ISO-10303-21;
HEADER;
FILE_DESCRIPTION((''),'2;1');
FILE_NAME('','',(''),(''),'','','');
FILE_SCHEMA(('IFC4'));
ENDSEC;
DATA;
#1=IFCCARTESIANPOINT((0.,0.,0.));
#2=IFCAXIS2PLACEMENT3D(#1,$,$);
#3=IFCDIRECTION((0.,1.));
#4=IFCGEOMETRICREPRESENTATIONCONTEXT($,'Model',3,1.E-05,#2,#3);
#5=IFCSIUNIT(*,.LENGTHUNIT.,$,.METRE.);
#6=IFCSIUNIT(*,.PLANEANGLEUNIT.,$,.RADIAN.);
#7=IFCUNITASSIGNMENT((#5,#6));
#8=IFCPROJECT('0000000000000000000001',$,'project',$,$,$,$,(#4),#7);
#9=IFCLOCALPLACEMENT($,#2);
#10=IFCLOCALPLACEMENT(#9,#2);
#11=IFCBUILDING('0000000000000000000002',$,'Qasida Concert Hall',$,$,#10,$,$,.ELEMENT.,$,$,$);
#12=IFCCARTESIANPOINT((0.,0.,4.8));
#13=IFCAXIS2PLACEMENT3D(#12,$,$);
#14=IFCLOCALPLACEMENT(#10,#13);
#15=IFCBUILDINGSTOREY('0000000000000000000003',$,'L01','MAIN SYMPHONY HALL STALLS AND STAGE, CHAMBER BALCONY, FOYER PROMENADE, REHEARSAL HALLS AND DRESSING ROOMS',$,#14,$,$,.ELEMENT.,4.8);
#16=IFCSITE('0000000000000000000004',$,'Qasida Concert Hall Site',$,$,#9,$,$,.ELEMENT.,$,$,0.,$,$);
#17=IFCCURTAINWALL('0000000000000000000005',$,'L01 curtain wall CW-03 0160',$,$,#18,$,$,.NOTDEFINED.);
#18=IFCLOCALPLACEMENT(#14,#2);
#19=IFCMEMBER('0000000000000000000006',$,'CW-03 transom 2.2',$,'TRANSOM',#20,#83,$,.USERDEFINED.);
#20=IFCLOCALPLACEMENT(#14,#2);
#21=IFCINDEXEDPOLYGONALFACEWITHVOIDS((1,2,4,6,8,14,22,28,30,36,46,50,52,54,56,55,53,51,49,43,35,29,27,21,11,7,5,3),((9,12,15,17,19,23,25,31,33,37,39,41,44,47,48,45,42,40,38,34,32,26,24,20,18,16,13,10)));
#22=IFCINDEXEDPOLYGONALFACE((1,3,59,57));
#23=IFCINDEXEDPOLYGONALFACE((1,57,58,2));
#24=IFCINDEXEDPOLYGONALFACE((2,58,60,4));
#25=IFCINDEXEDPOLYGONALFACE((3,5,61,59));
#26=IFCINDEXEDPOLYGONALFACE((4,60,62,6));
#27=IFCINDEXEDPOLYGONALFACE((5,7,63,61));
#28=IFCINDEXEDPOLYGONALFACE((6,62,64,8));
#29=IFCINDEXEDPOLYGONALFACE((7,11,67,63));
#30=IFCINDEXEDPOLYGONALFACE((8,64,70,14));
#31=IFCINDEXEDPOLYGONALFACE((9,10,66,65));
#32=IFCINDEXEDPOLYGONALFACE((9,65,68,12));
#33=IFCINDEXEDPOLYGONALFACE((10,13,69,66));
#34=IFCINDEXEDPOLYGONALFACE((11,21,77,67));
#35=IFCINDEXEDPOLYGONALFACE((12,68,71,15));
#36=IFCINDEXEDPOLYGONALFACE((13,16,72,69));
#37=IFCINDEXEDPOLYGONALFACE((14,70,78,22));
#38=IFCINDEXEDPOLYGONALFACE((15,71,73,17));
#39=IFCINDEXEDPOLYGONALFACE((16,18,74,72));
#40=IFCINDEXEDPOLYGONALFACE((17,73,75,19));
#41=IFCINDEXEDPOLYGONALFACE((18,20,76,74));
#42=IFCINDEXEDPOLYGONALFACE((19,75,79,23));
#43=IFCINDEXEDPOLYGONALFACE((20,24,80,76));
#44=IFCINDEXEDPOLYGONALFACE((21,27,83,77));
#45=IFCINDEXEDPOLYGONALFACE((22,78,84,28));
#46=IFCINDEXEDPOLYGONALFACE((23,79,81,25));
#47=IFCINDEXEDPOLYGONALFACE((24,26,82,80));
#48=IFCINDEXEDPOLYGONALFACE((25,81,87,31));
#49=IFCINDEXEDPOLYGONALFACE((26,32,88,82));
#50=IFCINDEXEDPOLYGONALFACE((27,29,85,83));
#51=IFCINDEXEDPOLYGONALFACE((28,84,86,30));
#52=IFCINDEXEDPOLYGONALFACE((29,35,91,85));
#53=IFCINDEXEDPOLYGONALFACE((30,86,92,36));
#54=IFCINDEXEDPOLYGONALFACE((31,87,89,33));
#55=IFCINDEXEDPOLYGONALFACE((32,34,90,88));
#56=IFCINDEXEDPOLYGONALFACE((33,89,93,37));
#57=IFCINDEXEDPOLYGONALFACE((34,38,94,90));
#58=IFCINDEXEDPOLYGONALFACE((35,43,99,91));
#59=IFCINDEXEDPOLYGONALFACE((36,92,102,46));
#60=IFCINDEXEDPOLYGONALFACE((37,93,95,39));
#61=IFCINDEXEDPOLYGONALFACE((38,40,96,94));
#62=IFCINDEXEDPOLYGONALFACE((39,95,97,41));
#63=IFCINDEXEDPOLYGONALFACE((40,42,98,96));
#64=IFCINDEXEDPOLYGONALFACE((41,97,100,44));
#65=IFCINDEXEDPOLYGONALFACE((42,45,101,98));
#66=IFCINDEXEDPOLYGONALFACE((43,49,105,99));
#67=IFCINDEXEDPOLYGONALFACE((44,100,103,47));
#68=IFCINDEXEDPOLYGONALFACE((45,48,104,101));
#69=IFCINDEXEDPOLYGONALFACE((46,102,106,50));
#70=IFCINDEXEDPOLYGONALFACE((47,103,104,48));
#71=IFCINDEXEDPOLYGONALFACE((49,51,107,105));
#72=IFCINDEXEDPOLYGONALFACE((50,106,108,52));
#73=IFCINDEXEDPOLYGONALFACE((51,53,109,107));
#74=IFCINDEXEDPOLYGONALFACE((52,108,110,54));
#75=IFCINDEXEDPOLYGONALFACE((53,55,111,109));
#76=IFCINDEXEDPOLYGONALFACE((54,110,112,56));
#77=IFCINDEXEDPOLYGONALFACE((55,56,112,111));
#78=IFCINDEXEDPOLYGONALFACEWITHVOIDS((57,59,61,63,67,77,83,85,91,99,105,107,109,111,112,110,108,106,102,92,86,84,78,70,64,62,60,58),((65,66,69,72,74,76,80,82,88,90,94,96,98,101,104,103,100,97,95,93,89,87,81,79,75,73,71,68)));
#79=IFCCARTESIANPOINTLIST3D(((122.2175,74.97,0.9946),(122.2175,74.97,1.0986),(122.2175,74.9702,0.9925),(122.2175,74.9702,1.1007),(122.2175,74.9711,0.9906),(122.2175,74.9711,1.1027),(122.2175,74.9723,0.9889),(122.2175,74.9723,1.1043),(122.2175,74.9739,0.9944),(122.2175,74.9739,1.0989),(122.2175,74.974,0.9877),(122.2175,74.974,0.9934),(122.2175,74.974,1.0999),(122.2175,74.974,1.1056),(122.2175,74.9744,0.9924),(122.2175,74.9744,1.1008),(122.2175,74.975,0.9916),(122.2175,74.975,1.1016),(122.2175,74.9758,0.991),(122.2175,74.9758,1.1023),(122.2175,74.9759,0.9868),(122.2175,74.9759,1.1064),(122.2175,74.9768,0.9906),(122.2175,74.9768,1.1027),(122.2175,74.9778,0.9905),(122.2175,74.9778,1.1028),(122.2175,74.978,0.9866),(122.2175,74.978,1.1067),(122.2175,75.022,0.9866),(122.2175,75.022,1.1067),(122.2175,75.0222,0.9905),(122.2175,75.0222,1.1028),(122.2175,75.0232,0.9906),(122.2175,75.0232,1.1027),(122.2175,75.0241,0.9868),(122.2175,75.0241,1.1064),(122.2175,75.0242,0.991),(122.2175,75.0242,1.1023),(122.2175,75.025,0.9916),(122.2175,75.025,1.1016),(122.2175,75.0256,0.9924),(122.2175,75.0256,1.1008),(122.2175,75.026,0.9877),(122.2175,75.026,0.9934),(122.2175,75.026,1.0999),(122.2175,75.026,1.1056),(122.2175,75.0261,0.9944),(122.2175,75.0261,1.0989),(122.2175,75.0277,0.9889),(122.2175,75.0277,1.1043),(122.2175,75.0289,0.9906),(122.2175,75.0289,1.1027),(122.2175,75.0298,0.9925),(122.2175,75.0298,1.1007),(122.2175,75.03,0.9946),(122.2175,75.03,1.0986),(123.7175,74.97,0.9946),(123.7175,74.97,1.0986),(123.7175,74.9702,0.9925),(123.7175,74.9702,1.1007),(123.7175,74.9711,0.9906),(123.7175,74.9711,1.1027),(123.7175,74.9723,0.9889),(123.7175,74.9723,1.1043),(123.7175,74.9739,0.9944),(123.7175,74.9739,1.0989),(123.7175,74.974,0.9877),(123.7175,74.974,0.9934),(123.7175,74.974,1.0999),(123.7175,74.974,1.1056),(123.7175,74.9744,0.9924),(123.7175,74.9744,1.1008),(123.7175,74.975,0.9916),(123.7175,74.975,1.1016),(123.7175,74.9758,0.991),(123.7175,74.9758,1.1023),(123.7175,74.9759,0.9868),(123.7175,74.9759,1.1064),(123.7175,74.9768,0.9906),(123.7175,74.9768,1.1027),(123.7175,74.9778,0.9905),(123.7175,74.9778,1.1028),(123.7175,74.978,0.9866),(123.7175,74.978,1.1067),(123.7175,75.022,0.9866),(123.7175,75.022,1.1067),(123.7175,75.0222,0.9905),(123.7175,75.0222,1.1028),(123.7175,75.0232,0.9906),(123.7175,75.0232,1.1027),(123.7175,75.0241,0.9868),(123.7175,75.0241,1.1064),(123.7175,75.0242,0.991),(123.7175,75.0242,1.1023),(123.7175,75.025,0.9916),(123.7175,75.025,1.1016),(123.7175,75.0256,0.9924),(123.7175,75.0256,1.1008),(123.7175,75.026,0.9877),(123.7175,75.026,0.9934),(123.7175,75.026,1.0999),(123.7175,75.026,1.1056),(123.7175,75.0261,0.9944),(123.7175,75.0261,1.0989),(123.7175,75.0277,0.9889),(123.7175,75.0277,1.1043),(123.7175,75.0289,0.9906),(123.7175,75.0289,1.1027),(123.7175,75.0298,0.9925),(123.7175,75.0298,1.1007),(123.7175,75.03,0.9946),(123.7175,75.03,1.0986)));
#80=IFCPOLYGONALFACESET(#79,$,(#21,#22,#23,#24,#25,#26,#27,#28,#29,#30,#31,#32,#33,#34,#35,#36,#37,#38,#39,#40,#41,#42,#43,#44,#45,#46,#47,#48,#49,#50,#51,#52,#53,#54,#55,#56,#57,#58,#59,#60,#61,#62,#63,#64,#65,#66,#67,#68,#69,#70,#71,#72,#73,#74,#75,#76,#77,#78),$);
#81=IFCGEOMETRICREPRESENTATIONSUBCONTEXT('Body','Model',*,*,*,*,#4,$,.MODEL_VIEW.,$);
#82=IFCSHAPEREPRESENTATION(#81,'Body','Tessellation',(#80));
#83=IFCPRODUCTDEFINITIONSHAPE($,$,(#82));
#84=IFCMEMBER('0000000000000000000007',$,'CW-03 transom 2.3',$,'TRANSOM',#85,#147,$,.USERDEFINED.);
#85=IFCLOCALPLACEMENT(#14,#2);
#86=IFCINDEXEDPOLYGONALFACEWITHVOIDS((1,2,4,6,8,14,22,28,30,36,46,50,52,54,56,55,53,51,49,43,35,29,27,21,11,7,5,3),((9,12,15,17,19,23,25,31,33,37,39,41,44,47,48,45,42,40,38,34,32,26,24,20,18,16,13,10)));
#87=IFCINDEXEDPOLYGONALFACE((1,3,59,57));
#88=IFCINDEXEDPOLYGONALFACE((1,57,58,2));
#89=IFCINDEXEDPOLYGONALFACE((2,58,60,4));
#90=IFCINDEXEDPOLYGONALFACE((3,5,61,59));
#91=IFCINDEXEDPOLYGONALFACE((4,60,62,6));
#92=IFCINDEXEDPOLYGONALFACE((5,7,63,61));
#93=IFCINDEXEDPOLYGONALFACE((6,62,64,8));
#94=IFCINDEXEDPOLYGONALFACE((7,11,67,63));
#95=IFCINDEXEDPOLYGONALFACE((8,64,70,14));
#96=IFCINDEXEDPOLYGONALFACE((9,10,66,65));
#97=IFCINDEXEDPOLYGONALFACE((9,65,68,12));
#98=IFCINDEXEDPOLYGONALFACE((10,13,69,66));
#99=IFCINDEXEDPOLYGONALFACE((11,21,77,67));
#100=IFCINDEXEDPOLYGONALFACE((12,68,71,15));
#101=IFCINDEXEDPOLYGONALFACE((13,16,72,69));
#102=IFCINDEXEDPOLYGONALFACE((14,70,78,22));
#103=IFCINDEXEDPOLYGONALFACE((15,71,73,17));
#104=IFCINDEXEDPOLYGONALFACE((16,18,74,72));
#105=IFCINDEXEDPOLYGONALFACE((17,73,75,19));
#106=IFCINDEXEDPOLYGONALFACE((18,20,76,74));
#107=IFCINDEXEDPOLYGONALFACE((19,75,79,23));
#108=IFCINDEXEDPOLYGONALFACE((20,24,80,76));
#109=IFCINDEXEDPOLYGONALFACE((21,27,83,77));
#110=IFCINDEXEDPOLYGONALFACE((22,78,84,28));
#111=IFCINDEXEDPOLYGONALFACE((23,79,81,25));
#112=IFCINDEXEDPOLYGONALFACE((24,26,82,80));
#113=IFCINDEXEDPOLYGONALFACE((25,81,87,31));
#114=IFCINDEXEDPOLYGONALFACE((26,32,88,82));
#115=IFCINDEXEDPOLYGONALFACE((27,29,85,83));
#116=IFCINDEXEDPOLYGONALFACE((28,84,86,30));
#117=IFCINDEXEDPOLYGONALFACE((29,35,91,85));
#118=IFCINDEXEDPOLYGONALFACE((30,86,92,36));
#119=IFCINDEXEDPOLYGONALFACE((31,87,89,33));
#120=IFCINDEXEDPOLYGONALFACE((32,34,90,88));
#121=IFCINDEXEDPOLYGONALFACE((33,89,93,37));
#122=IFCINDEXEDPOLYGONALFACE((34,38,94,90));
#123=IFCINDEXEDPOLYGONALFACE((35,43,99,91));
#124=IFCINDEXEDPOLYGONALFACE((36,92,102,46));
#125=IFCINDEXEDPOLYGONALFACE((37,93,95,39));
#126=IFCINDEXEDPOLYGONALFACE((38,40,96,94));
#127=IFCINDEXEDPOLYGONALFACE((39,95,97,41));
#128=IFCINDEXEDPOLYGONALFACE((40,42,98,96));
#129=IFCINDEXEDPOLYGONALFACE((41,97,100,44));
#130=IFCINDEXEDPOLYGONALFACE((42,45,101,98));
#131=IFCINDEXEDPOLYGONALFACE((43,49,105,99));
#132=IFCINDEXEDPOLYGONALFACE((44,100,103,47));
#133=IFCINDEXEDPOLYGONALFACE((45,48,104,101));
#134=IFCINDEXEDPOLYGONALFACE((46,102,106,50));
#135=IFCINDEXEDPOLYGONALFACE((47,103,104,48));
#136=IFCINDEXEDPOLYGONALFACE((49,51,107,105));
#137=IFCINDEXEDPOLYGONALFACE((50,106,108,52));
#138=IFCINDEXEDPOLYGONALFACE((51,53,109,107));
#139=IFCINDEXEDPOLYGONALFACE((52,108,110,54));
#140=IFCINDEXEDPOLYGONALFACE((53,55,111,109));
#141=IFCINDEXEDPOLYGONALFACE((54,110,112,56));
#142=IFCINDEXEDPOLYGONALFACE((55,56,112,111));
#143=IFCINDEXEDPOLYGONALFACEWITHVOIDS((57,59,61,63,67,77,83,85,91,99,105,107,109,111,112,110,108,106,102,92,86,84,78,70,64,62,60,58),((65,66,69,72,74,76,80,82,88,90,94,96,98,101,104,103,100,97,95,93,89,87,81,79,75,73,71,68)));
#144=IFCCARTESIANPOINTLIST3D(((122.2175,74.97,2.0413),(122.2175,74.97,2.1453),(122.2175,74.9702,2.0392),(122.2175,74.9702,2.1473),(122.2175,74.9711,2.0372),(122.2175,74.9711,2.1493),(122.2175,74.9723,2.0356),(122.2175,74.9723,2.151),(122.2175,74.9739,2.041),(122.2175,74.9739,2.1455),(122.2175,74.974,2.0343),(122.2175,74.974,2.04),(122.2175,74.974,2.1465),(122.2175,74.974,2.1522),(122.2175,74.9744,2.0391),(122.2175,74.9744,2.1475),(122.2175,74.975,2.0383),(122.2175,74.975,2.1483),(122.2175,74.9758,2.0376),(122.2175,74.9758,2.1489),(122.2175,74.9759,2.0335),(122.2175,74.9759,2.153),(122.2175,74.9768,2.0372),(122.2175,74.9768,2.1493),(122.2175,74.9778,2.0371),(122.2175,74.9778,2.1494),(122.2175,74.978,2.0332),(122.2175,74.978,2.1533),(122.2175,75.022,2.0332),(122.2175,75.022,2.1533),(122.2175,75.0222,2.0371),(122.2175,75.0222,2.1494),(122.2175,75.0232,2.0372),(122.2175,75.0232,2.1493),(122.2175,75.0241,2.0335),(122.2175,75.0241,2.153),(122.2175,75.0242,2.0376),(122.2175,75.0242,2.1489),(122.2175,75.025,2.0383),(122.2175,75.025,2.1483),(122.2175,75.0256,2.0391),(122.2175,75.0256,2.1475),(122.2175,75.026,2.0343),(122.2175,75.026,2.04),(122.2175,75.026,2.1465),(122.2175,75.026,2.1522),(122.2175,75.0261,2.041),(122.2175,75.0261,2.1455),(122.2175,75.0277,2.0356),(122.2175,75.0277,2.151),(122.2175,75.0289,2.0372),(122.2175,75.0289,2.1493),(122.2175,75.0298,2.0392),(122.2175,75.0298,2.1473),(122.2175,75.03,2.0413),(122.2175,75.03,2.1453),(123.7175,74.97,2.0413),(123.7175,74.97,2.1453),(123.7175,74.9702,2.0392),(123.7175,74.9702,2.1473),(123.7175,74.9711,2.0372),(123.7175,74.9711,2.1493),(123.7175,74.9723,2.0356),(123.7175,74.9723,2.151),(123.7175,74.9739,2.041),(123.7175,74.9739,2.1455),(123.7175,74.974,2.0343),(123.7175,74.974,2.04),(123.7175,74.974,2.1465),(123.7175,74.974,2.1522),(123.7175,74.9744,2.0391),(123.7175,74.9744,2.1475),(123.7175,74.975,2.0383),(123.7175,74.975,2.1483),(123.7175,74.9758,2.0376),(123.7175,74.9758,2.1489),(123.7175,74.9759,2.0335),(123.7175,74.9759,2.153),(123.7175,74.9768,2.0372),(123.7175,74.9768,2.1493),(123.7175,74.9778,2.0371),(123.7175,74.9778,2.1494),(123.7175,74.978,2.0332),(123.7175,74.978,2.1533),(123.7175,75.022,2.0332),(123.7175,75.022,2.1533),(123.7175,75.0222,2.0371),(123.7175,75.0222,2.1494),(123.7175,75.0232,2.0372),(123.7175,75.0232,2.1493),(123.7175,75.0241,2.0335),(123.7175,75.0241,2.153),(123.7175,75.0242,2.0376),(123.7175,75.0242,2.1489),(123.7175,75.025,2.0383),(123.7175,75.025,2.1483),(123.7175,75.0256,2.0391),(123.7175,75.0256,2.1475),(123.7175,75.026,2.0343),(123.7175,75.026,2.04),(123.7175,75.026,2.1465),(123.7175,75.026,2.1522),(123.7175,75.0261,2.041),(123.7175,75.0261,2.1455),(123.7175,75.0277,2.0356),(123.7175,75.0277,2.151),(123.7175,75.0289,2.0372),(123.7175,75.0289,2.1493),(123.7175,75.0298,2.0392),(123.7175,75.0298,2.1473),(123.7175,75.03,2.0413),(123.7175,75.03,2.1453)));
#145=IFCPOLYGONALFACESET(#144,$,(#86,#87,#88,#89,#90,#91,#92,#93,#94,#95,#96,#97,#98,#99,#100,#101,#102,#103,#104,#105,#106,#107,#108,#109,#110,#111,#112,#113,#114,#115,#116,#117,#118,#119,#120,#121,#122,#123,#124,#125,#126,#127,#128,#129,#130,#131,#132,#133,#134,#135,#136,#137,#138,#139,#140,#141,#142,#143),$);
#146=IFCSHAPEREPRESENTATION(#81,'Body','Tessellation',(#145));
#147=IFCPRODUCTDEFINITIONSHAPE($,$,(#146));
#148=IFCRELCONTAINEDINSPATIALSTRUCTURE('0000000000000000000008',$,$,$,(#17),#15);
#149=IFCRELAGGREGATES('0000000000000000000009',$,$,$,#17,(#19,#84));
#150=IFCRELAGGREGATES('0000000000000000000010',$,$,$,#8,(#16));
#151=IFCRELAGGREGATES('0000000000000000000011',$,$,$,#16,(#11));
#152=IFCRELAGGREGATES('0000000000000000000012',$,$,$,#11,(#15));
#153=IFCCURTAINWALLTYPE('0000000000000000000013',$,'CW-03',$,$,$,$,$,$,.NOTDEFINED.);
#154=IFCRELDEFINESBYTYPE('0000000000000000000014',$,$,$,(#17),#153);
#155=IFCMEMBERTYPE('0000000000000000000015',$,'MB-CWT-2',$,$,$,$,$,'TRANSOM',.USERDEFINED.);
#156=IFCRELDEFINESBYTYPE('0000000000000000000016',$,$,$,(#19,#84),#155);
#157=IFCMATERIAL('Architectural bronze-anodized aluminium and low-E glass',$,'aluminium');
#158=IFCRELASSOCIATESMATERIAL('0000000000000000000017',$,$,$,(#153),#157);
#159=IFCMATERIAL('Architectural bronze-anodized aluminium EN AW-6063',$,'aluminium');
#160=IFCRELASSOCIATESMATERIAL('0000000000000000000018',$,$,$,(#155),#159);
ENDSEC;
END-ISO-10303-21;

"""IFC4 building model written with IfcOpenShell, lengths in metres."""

from ifc_helpers import new_model, si_unit, direction, frame, origin, origin_2d, place, context, subcontext, project, spatial, hollow_rectangle, extrude, material, material_profile, profile_set, type_object, element, aggregate, save


model = new_model("IFC4")

# Units and contexts
model_context = context("Model", 3, precision=1e-05, world=origin(), true_north=direction((0.0, 1.0)))
body_context = subcontext(model_context, "Body", "Model", "MODEL_VIEW")
ifc_project = project(units=[si_unit("LENGTHUNIT", "METRE"), si_unit("PLANEANGLEUNIT", "RADIAN")], contexts=[model_context])

# Site, building, storey
site_placement = place(None, origin())
site = spatial("IfcSite", under=ifc_project, at=site_placement, Name="Qasida Concert Hall Site", CompositionType="ELEMENT", RefElevation=0.0)
building_placement = place(site_placement, origin())
building = spatial("IfcBuilding", under=site, at=building_placement, Name="Qasida Concert Hall", CompositionType="ELEMENT")
storey_placement = place(building_placement, frame((0.0, 0.0, 4.8)))
storey = spatial("IfcBuildingStorey", under=building, at=storey_placement, Name="L01", Description="MAIN SYMPHONY HALL STALLS AND STAGE, CHAMBER BALCONY, FOYER PROMENADE, REHEARSAL HALLS AND DRESSING ROOMS", CompositionType="ELEMENT", Elevation=4.8)

# Curtain wall, members
ifc_material_1 = material(Name="Architectural bronze-anodized aluminium and low-E glass", Category="aluminium")
curtain_wall_type = type_object("IfcCurtainWallType", Name="CW-03", PredefinedType="NOTDEFINED", material=ifc_material_1)
curtain_wall_placement = place(storey_placement, origin())
curtain_wall = element("IfcCurtainWall", 1, at=curtain_wall_placement, inside=storey, type_object=curtain_wall_type, Name="L01 curtain wall CW-03 0160", PredefinedType="NOTDEFINED")
ifc_material_2 = material(Name="Architectural bronze-anodized aluminium EN AW-6063", Category="aluminium")
ifc_material_profile_1 = material_profile(ifc_material_2, hollow_rectangle(XDim=0.0601, YDim=0.1201, WallThickness=0.0039, InnerFilletRadius=0.0039, OuterFilletRadius=0.0081, at=origin_2d()), Name="CWT 120x60x4")
ifc_profile_set_1 = profile_set([ifc_material_profile_1], Name="Architectural bronze-anodized aluminium EN AW-6063")
member_type_1 = type_object("IfcMemberType", Name="MB-CWT-2", ElementType="TRANSOM", PredefinedType="USERDEFINED", material=ifc_profile_set_1)
member_1_placement = place(storey_placement, frame((122.2175, 75.0, 1.0466), z_axis=(1.0, 0.0, 0.0), x_axis=(0.0, 1.0, 0.0)))
member_1 = element("IfcMember", 2, at=member_1_placement, type_object=member_type_1, Name="CW-03 transom 2.2", ObjectType="TRANSOM", PredefinedType="USERDEFINED", context=body_context, shape_type="SweptSolid", body=[
    extrude(hollow_rectangle(XDim=0.0601, YDim=0.1201, WallThickness=0.0039, InnerFilletRadius=0.0039, OuterFilletRadius=0.0081, at=origin_2d()), origin(), (0.0, 0.0, 1.0), 1.5),
])
member_2_placement = place(storey_placement, frame((122.2175, 75.0, 2.0933), z_axis=(1.0, 0.0, 0.0), x_axis=(0.0, 1.0, 0.0)))
member_2 = element("IfcMember", 3, at=member_2_placement, type_object=member_type_1, Name="CW-03 transom 2.3", ObjectType="TRANSOM", PredefinedType="USERDEFINED", context=body_context, shape_type="SweptSolid", body=[
    extrude(hollow_rectangle(XDim=0.0601, YDim=0.1201, WallThickness=0.0039, InnerFilletRadius=0.0039, OuterFilletRadius=0.0081, at=origin_2d()), origin(), (0.0, 0.0, 1.0), 1.5),
])
aggregate(curtain_wall, [member_1, member_2])

save(model, "model.ifc")
